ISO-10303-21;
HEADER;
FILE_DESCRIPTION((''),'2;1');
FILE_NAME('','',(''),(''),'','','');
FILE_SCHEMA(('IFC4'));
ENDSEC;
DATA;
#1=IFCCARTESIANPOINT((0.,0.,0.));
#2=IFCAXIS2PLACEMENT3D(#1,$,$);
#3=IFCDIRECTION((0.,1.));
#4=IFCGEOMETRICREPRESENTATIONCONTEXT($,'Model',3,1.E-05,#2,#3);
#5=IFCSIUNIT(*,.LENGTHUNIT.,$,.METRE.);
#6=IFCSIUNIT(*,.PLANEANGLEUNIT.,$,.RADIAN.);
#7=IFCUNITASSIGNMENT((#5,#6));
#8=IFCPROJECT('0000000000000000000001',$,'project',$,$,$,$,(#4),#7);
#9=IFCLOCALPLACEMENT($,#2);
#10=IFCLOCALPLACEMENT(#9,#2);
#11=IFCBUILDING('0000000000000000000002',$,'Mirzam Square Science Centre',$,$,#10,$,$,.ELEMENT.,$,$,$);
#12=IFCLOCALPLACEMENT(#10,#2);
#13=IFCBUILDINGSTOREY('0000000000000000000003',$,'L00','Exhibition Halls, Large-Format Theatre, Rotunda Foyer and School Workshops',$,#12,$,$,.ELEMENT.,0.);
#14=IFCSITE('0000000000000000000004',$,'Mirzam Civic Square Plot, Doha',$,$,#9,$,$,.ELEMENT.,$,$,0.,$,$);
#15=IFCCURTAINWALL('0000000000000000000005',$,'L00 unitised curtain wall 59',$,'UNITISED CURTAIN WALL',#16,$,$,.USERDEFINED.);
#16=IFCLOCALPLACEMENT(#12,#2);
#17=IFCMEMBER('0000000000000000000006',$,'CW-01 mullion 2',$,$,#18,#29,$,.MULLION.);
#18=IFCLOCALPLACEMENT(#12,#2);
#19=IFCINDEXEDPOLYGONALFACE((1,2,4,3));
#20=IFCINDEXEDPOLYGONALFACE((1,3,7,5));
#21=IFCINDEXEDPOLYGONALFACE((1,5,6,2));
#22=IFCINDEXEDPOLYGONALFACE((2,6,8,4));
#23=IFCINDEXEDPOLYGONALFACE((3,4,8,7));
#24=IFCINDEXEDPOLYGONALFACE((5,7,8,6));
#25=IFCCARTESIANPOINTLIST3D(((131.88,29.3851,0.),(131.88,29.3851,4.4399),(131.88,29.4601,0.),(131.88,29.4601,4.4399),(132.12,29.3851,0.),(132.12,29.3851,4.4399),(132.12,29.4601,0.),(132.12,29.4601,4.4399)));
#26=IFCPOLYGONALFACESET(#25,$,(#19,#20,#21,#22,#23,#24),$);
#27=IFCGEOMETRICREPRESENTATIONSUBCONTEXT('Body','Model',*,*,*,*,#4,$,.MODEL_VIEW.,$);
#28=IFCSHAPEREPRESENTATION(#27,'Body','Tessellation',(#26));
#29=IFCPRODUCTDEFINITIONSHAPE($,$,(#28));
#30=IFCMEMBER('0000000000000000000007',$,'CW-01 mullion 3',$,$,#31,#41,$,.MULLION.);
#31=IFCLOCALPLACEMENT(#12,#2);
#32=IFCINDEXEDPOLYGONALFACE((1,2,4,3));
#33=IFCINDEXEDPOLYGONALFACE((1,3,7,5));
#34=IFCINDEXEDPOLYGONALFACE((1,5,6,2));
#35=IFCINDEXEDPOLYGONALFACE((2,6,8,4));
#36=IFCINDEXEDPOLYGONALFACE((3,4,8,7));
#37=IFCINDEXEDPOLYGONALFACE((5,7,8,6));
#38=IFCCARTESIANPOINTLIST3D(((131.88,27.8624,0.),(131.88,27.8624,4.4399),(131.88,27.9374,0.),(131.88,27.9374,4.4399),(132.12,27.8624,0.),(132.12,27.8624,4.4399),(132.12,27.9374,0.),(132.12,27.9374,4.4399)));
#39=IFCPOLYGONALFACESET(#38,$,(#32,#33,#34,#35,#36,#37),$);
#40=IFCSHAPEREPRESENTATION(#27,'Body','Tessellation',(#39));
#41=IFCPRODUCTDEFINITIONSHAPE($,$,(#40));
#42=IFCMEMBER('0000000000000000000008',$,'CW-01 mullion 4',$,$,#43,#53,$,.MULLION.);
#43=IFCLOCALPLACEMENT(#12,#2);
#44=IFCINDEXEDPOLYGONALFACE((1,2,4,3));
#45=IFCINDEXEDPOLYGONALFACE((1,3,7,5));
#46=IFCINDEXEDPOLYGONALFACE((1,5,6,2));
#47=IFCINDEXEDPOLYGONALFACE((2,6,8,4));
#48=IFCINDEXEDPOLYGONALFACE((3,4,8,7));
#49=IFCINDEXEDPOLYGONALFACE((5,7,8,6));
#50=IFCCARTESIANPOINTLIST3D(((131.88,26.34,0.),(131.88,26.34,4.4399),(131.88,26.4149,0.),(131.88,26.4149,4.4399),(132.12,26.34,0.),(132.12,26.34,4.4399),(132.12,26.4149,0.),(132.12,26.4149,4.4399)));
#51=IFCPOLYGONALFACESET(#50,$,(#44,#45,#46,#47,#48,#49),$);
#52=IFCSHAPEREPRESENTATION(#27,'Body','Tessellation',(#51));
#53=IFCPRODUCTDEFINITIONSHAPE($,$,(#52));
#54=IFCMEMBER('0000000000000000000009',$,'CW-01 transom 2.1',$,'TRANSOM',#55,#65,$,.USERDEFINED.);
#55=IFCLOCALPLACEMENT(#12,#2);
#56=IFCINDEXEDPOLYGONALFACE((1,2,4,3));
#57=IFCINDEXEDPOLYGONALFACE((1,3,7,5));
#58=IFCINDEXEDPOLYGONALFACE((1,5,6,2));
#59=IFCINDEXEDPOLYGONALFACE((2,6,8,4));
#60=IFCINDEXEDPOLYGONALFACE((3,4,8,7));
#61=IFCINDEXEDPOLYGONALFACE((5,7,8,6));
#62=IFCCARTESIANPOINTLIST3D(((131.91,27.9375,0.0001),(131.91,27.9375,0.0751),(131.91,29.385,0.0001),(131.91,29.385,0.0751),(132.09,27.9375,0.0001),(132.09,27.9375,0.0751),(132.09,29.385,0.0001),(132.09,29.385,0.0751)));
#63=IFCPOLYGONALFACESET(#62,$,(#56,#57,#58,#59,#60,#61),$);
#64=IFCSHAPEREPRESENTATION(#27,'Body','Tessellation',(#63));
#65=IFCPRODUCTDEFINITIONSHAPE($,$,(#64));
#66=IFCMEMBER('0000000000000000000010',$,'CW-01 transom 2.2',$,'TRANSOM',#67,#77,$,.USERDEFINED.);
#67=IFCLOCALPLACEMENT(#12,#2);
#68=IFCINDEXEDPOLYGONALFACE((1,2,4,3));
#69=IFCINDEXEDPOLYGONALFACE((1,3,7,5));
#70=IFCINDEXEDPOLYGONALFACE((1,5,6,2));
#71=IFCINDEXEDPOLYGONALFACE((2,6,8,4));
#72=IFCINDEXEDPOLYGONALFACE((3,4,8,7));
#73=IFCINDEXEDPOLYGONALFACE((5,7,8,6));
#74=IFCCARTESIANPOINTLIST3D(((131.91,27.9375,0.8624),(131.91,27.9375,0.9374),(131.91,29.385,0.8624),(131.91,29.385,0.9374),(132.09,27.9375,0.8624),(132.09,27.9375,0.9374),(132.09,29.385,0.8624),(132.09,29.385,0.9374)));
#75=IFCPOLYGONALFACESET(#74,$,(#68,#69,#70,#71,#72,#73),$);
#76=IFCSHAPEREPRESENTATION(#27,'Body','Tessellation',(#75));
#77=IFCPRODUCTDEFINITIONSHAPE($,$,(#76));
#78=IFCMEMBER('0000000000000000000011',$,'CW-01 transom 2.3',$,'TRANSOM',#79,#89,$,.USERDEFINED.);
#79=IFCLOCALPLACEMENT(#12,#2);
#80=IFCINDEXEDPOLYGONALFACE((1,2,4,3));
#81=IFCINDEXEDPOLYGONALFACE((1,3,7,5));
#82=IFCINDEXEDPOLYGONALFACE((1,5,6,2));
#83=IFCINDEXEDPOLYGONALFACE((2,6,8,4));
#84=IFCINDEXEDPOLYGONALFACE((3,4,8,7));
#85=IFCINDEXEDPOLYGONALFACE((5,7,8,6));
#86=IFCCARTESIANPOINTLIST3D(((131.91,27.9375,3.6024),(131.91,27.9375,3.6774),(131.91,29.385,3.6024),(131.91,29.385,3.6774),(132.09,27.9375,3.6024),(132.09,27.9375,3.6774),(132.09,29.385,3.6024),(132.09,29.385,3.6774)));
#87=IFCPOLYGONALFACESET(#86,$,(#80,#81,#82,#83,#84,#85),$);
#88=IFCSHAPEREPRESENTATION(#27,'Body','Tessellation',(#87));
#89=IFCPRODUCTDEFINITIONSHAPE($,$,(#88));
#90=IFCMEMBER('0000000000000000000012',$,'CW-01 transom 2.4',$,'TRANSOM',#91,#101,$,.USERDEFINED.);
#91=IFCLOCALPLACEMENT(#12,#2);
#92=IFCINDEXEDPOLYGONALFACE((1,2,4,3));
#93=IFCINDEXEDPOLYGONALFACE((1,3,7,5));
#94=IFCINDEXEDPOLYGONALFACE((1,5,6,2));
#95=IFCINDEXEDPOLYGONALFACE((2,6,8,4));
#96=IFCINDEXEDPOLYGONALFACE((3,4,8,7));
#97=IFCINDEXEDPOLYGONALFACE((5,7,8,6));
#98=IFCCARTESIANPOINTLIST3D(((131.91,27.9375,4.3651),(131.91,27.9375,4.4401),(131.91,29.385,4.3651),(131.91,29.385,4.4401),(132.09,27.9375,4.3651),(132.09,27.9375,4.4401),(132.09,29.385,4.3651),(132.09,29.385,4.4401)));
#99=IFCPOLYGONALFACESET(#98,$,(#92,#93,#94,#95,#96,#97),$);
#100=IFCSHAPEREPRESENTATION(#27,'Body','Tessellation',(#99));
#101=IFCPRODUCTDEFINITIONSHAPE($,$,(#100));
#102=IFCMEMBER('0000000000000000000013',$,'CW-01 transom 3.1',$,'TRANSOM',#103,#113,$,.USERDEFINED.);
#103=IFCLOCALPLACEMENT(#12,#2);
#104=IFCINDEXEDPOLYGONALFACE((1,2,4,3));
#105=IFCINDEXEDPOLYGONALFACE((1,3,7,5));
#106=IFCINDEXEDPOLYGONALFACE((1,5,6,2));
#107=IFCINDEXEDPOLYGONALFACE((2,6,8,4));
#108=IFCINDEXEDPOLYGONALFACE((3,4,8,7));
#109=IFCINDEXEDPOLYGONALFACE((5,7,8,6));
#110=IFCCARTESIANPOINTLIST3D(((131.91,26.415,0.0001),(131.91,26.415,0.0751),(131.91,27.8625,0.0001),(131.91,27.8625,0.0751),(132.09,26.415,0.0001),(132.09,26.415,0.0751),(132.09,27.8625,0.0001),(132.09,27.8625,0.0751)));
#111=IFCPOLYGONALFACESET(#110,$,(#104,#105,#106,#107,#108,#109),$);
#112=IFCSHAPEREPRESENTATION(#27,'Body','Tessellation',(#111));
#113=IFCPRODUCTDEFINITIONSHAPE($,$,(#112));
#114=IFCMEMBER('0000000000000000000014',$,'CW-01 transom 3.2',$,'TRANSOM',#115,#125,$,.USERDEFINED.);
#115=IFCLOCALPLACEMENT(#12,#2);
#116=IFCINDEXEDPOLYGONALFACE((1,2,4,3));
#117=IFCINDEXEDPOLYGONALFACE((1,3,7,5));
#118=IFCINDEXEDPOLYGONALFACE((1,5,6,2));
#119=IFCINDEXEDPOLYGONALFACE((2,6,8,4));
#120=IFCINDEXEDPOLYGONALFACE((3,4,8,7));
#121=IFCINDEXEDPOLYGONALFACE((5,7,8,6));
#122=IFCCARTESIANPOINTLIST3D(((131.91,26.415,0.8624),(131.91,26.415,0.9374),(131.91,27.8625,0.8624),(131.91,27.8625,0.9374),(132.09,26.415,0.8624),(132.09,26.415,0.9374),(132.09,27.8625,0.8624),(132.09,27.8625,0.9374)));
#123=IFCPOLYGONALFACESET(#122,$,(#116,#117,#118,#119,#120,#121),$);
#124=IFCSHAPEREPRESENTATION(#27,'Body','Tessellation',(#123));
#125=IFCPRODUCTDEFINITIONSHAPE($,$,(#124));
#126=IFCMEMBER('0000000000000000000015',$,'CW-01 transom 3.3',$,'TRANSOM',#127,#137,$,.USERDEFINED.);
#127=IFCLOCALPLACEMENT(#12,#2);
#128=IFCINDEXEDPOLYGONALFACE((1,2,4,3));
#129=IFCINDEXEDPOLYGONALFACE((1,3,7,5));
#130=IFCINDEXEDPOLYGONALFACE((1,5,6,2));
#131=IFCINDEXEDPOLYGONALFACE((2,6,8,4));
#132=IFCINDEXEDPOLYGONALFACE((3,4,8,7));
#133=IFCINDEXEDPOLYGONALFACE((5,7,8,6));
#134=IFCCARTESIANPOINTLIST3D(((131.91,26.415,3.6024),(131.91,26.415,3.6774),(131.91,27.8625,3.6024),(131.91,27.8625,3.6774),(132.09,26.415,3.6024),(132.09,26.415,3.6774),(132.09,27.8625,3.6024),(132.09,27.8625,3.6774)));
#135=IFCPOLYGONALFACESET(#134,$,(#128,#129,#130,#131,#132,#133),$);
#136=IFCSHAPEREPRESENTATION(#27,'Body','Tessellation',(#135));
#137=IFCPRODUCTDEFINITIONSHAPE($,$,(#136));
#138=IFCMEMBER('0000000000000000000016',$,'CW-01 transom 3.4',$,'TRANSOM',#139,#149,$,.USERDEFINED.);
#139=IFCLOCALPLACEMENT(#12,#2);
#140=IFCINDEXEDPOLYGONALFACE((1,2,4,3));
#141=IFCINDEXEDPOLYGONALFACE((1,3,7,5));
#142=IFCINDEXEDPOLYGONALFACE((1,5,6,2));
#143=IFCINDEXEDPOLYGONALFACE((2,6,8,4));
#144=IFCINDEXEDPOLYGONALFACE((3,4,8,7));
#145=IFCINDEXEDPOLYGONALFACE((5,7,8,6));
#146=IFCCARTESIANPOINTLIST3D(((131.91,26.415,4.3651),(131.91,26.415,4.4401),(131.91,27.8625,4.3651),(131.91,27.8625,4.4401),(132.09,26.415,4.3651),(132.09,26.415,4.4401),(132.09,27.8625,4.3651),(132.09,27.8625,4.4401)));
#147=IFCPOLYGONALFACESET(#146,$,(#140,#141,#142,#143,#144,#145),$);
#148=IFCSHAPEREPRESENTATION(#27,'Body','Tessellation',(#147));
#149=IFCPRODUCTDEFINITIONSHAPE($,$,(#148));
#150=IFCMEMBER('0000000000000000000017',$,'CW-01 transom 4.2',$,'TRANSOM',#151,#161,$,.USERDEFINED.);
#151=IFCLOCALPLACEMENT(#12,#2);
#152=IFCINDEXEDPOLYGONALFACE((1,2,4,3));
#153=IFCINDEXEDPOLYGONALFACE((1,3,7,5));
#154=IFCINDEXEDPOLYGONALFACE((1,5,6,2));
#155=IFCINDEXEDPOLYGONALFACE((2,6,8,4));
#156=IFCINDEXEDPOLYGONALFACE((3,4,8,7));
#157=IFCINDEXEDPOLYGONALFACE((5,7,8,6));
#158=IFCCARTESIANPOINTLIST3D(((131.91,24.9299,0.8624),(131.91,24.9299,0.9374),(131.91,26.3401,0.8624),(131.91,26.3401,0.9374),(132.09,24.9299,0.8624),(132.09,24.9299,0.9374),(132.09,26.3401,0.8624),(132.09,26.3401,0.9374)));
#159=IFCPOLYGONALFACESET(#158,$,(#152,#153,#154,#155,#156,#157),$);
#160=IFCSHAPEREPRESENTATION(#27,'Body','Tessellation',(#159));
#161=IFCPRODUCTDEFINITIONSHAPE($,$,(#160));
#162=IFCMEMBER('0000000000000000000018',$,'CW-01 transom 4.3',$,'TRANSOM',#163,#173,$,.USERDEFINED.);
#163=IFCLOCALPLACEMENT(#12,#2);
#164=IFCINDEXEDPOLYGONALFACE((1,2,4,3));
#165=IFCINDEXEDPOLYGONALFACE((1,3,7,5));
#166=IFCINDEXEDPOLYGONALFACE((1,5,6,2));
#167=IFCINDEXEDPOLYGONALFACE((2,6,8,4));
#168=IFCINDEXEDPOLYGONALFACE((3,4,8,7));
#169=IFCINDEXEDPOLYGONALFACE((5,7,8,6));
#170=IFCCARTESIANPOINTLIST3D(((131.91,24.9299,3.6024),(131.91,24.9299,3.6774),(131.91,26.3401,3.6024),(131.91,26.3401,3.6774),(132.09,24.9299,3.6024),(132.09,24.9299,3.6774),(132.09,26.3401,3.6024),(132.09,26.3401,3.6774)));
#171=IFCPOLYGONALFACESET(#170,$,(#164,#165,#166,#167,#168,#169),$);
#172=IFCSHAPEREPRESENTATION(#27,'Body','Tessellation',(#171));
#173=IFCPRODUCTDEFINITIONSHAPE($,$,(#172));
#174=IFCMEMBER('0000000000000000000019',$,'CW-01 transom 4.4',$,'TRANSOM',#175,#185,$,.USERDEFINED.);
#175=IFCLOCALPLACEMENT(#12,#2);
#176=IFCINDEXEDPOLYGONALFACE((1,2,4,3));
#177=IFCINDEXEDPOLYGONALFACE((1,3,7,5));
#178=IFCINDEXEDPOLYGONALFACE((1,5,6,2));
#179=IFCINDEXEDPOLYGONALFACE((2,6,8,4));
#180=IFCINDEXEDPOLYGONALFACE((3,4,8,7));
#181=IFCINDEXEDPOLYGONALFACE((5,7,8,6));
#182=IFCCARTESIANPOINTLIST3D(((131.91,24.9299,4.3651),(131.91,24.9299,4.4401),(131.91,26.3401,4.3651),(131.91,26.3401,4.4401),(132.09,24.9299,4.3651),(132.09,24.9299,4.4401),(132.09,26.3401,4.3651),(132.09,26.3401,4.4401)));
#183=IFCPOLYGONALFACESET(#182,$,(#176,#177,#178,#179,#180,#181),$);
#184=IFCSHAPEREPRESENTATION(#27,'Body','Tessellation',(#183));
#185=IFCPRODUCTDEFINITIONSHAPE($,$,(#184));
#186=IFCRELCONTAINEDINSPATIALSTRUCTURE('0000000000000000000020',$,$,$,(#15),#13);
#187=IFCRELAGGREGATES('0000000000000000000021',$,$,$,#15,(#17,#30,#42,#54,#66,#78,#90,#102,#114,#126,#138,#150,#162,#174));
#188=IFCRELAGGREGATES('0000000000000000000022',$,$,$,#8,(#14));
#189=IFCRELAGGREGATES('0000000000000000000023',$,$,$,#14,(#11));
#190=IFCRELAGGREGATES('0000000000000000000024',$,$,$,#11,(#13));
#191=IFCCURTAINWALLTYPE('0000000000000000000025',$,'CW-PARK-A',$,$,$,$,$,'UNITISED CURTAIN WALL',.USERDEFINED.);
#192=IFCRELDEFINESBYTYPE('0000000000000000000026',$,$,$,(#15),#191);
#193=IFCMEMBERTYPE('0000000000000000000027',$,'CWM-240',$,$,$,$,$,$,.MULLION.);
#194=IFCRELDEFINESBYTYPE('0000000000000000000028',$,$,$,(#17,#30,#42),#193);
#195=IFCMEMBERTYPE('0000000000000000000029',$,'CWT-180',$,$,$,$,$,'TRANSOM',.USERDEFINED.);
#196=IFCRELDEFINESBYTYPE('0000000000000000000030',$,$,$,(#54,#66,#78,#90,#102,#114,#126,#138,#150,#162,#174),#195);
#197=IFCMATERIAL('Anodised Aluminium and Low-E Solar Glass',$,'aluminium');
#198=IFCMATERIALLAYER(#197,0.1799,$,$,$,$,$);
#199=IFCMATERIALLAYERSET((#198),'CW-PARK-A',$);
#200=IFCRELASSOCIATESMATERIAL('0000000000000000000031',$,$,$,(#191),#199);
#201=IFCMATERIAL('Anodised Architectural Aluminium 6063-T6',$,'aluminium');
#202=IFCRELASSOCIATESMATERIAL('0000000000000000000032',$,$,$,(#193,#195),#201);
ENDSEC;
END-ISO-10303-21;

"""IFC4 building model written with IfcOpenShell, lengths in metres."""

from ifc_helpers import new_model, si_unit, direction, frame, origin, origin_2d, place, context, subcontext, project, spatial, rectangle, extrude, material, layer, layer_set, material_profile, profile_set, type_object, element, aggregate, save


model = new_model("IFC4")

# Units and contexts
model_context = context("Model", 3, precision=1e-05, world=origin(), true_north=direction((0.0, 1.0)))
body_context = subcontext(model_context, "Body", "Model", "MODEL_VIEW")
ifc_project = project(units=[si_unit("LENGTHUNIT", "METRE"), si_unit("PLANEANGLEUNIT", "RADIAN")], contexts=[model_context])

# Site, building, storey
site_placement = place(None, origin())
site = spatial("IfcSite", under=ifc_project, at=site_placement, Name="Mirzam Civic Square Plot, Doha", CompositionType="ELEMENT", RefElevation=0.0)
building_placement = place(site_placement, origin())
building = spatial("IfcBuilding", under=site, at=building_placement, Name="Mirzam Square Science Centre", CompositionType="ELEMENT")
storey_placement = place(building_placement, origin())
storey = spatial("IfcBuildingStorey", under=building, at=storey_placement, Name="L00", Description="Exhibition Halls, Large-Format Theatre, Rotunda Foyer and School Workshops", CompositionType="ELEMENT", Elevation=0.0)

# Curtain wall, members
ifc_material_1 = material(Name="Anodised Aluminium and Low-E Solar Glass", Category="aluminium")
ifc_layer_1 = layer(ifc_material_1, 0.1799)
ifc_layer_set_1 = layer_set([ifc_layer_1], Name="CW-PARK-A")
curtain_wall_type = type_object("IfcCurtainWallType", Name="CW-PARK-A", ElementType="UNITISED CURTAIN WALL", PredefinedType="USERDEFINED", material=ifc_layer_set_1)
curtain_wall_placement = place(storey_placement, origin())
curtain_wall = element("IfcCurtainWall", 1, at=curtain_wall_placement, inside=storey, type_object=curtain_wall_type, Name="L00 unitised curtain wall 59", ObjectType="UNITISED CURTAIN WALL", PredefinedType="USERDEFINED")
ifc_material_2 = material(Name="Anodised Architectural Aluminium 6063-T6", Category="aluminium")
ifc_material_profile_1 = material_profile(ifc_material_2, rectangle(XDim=0.075, YDim=0.24, at=origin_2d()), Name="ALU-MULL-240x75x5")
ifc_profile_set_1 = profile_set([ifc_material_profile_1], Name="Anodised Architectural Aluminium 6063-T6")
member_type_1 = type_object("IfcMemberType", Name="CWM-240", PredefinedType="MULLION", material=ifc_profile_set_1)
member_1_placement = place(storey_placement, frame((132.0, 29.4226, 0.0), z_axis=(0.0, 0.0, 1.0), x_axis=(0.0, -1.0, 0.0)))
member_1 = element("IfcMember", 2, at=member_1_placement, type_object=member_type_1, Name="CW-01 mullion 2", PredefinedType="MULLION", context=body_context, shape_type="SweptSolid", body=[
    extrude(rectangle(XDim=0.075, YDim=0.24, at=origin_2d()), origin(), (0.0, 0.0, 1.0), 4.4399),
])
member_2_placement = place(storey_placement, frame((132.0, 27.8999, 0.0), z_axis=(0.0, 0.0, 1.0), x_axis=(0.0, -1.0, 0.0)))
member_2 = element("IfcMember", 3, at=member_2_placement, type_object=member_type_1, Name="CW-01 mullion 3", PredefinedType="MULLION", context=body_context, shape_type="SweptSolid", body=[
    extrude(rectangle(XDim=0.075, YDim=0.24, at=origin_2d()), origin(), (0.0, 0.0, 1.0), 4.4399),
])
member_3_placement = place(storey_placement, frame((132.0, 26.3774, 0.0), z_axis=(0.0, 0.0, 1.0), x_axis=(0.0, -1.0, 0.0)))
member_3 = element("IfcMember", 4, at=member_3_placement, type_object=member_type_1, Name="CW-01 mullion 4", PredefinedType="MULLION", context=body_context, shape_type="SweptSolid", body=[
    extrude(rectangle(XDim=0.075, YDim=0.24, at=origin_2d()), origin(), (0.0, 0.0, 1.0), 4.4399),
])
ifc_material_profile_2 = material_profile(ifc_material_2, rectangle(XDim=0.1799, YDim=0.075, at=origin_2d()), Name="ALU-TRAN-180x75x5")
ifc_profile_set_2 = profile_set([ifc_material_profile_2], Name="Anodised Architectural Aluminium 6063-T6")
member_type_2 = type_object("IfcMemberType", Name="CWT-180", ElementType="TRANSOM", PredefinedType="USERDEFINED", material=ifc_profile_set_2)
member_4_placement = place(storey_placement, frame((132.0, 29.385, 0.0376), z_axis=(0.0, -1.0, 0.0), x_axis=(1.0, 0.0, 0.0)))
member_4 = element("IfcMember", 5, at=member_4_placement, type_object=member_type_2, Name="CW-01 transom 2.1", ObjectType="TRANSOM", PredefinedType="USERDEFINED", context=body_context, shape_type="SweptSolid", body=[
    extrude(rectangle(XDim=0.1799, YDim=0.075, at=origin_2d()), origin(), (0.0, 0.0, 1.0), 1.4475),
])
member_5_placement = place(storey_placement, frame((132.0, 29.385, 0.8999), z_axis=(0.0, -1.0, 0.0), x_axis=(1.0, 0.0, 0.0)))
member_5 = element("IfcMember", 6, at=member_5_placement, type_object=member_type_2, Name="CW-01 transom 2.2", ObjectType="TRANSOM", PredefinedType="USERDEFINED", context=body_context, shape_type="SweptSolid", body=[
    extrude(rectangle(XDim=0.1799, YDim=0.075, at=origin_2d()), origin(), (0.0, 0.0, 1.0), 1.4475),
])
member_6_placement = place(storey_placement, frame((132.0, 29.385, 3.6399), z_axis=(0.0, -1.0, 0.0), x_axis=(1.0, 0.0, 0.0)))
member_6 = element("IfcMember", 7, at=member_6_placement, type_object=member_type_2, Name="CW-01 transom 2.3", ObjectType="TRANSOM", PredefinedType="USERDEFINED", context=body_context, shape_type="SweptSolid", body=[
    extrude(rectangle(XDim=0.1799, YDim=0.075, at=origin_2d()), origin(), (0.0, 0.0, 1.0), 1.4475),
])
member_7_placement = place(storey_placement, frame((132.0, 29.385, 4.4026), z_axis=(0.0, -1.0, 0.0), x_axis=(1.0, 0.0, 0.0)))
member_7 = element("IfcMember", 8, at=member_7_placement, type_object=member_type_2, Name="CW-01 transom 2.4", ObjectType="TRANSOM", PredefinedType="USERDEFINED", context=body_context, shape_type="SweptSolid", body=[
    extrude(rectangle(XDim=0.1799, YDim=0.075, at=origin_2d()), origin(), (0.0, 0.0, 1.0), 1.4475),
])
member_8_placement = place(storey_placement, frame((132.0, 27.8625, 0.0376), z_axis=(0.0, -1.0, 0.0), x_axis=(1.0, 0.0, 0.0)))
member_8 = element("IfcMember", 9, at=member_8_placement, type_object=member_type_2, Name="CW-01 transom 3.1", ObjectType="TRANSOM", PredefinedType="USERDEFINED", context=body_context, shape_type="SweptSolid", body=[
    extrude(rectangle(XDim=0.1799, YDim=0.075, at=origin_2d()), origin(), (0.0, 0.0, 1.0), 1.4475),
])
member_9_placement = place(storey_placement, frame((132.0, 27.8625, 0.8999), z_axis=(0.0, -1.0, 0.0), x_axis=(1.0, 0.0, 0.0)))
member_9 = element("IfcMember", 10, at=member_9_placement, type_object=member_type_2, Name="CW-01 transom 3.2", ObjectType="TRANSOM", PredefinedType="USERDEFINED", context=body_context, shape_type="SweptSolid", body=[
    extrude(rectangle(XDim=0.1799, YDim=0.075, at=origin_2d()), origin(), (0.0, 0.0, 1.0), 1.4475),
])
member_10_placement = place(storey_placement, frame((132.0, 27.8625, 3.6399), z_axis=(0.0, -1.0, 0.0), x_axis=(1.0, 0.0, 0.0)))
member_10 = element("IfcMember", 11, at=member_10_placement, type_object=member_type_2, Name="CW-01 transom 3.3", ObjectType="TRANSOM", PredefinedType="USERDEFINED", context=body_context, shape_type="SweptSolid", body=[
    extrude(rectangle(XDim=0.1799, YDim=0.075, at=origin_2d()), origin(), (0.0, 0.0, 1.0), 1.4475),
])
member_11_placement = place(storey_placement, frame((132.0, 27.8625, 4.4026), z_axis=(0.0, -1.0, 0.0), x_axis=(1.0, 0.0, 0.0)))
member_11 = element("IfcMember", 12, at=member_11_placement, type_object=member_type_2, Name="CW-01 transom 3.4", ObjectType="TRANSOM", PredefinedType="USERDEFINED", context=body_context, shape_type="SweptSolid", body=[
    extrude(rectangle(XDim=0.1799, YDim=0.075, at=origin_2d()), origin(), (0.0, 0.0, 1.0), 1.4475),
])
member_12_placement = place(storey_placement, frame((132.0, 26.3401, 0.8999), z_axis=(0.0, -1.0, 0.0), x_axis=(1.0, 0.0, 0.0)))
member_12 = element("IfcMember", 13, at=member_12_placement, type_object=member_type_2, Name="CW-01 transom 4.2", ObjectType="TRANSOM", PredefinedType="USERDEFINED", context=body_context, shape_type="SweptSolid", body=[
    extrude(rectangle(XDim=0.1799, YDim=0.075, at=origin_2d()), origin(), (0.0, 0.0, 1.0), 1.4102),
])
member_13_placement = place(storey_placement, frame((132.0, 26.3401, 3.6399), z_axis=(0.0, -1.0, 0.0), x_axis=(1.0, 0.0, 0.0)))
member_13 = element("IfcMember", 14, at=member_13_placement, type_object=member_type_2, Name="CW-01 transom 4.3", ObjectType="TRANSOM", PredefinedType="USERDEFINED", context=body_context, shape_type="SweptSolid", body=[
    extrude(rectangle(XDim=0.1799, YDim=0.075, at=origin_2d()), origin(), (0.0, 0.0, 1.0), 1.4102),
])
member_14_placement = place(storey_placement, frame((132.0, 26.3401, 4.4026), z_axis=(0.0, -1.0, 0.0), x_axis=(1.0, 0.0, 0.0)))
member_14 = element("IfcMember", 15, at=member_14_placement, type_object=member_type_2, Name="CW-01 transom 4.4", ObjectType="TRANSOM", PredefinedType="USERDEFINED", context=body_context, shape_type="SweptSolid", body=[
    extrude(rectangle(XDim=0.1799, YDim=0.075, at=origin_2d()), origin(), (0.0, 0.0, 1.0), 1.4102),
])
aggregate(curtain_wall, [member_1, member_2, member_3, member_4, member_5, member_6, member_7, member_8, member_9, member_10, member_11, member_12, member_13, member_14])

save(model, "model.ifc")
